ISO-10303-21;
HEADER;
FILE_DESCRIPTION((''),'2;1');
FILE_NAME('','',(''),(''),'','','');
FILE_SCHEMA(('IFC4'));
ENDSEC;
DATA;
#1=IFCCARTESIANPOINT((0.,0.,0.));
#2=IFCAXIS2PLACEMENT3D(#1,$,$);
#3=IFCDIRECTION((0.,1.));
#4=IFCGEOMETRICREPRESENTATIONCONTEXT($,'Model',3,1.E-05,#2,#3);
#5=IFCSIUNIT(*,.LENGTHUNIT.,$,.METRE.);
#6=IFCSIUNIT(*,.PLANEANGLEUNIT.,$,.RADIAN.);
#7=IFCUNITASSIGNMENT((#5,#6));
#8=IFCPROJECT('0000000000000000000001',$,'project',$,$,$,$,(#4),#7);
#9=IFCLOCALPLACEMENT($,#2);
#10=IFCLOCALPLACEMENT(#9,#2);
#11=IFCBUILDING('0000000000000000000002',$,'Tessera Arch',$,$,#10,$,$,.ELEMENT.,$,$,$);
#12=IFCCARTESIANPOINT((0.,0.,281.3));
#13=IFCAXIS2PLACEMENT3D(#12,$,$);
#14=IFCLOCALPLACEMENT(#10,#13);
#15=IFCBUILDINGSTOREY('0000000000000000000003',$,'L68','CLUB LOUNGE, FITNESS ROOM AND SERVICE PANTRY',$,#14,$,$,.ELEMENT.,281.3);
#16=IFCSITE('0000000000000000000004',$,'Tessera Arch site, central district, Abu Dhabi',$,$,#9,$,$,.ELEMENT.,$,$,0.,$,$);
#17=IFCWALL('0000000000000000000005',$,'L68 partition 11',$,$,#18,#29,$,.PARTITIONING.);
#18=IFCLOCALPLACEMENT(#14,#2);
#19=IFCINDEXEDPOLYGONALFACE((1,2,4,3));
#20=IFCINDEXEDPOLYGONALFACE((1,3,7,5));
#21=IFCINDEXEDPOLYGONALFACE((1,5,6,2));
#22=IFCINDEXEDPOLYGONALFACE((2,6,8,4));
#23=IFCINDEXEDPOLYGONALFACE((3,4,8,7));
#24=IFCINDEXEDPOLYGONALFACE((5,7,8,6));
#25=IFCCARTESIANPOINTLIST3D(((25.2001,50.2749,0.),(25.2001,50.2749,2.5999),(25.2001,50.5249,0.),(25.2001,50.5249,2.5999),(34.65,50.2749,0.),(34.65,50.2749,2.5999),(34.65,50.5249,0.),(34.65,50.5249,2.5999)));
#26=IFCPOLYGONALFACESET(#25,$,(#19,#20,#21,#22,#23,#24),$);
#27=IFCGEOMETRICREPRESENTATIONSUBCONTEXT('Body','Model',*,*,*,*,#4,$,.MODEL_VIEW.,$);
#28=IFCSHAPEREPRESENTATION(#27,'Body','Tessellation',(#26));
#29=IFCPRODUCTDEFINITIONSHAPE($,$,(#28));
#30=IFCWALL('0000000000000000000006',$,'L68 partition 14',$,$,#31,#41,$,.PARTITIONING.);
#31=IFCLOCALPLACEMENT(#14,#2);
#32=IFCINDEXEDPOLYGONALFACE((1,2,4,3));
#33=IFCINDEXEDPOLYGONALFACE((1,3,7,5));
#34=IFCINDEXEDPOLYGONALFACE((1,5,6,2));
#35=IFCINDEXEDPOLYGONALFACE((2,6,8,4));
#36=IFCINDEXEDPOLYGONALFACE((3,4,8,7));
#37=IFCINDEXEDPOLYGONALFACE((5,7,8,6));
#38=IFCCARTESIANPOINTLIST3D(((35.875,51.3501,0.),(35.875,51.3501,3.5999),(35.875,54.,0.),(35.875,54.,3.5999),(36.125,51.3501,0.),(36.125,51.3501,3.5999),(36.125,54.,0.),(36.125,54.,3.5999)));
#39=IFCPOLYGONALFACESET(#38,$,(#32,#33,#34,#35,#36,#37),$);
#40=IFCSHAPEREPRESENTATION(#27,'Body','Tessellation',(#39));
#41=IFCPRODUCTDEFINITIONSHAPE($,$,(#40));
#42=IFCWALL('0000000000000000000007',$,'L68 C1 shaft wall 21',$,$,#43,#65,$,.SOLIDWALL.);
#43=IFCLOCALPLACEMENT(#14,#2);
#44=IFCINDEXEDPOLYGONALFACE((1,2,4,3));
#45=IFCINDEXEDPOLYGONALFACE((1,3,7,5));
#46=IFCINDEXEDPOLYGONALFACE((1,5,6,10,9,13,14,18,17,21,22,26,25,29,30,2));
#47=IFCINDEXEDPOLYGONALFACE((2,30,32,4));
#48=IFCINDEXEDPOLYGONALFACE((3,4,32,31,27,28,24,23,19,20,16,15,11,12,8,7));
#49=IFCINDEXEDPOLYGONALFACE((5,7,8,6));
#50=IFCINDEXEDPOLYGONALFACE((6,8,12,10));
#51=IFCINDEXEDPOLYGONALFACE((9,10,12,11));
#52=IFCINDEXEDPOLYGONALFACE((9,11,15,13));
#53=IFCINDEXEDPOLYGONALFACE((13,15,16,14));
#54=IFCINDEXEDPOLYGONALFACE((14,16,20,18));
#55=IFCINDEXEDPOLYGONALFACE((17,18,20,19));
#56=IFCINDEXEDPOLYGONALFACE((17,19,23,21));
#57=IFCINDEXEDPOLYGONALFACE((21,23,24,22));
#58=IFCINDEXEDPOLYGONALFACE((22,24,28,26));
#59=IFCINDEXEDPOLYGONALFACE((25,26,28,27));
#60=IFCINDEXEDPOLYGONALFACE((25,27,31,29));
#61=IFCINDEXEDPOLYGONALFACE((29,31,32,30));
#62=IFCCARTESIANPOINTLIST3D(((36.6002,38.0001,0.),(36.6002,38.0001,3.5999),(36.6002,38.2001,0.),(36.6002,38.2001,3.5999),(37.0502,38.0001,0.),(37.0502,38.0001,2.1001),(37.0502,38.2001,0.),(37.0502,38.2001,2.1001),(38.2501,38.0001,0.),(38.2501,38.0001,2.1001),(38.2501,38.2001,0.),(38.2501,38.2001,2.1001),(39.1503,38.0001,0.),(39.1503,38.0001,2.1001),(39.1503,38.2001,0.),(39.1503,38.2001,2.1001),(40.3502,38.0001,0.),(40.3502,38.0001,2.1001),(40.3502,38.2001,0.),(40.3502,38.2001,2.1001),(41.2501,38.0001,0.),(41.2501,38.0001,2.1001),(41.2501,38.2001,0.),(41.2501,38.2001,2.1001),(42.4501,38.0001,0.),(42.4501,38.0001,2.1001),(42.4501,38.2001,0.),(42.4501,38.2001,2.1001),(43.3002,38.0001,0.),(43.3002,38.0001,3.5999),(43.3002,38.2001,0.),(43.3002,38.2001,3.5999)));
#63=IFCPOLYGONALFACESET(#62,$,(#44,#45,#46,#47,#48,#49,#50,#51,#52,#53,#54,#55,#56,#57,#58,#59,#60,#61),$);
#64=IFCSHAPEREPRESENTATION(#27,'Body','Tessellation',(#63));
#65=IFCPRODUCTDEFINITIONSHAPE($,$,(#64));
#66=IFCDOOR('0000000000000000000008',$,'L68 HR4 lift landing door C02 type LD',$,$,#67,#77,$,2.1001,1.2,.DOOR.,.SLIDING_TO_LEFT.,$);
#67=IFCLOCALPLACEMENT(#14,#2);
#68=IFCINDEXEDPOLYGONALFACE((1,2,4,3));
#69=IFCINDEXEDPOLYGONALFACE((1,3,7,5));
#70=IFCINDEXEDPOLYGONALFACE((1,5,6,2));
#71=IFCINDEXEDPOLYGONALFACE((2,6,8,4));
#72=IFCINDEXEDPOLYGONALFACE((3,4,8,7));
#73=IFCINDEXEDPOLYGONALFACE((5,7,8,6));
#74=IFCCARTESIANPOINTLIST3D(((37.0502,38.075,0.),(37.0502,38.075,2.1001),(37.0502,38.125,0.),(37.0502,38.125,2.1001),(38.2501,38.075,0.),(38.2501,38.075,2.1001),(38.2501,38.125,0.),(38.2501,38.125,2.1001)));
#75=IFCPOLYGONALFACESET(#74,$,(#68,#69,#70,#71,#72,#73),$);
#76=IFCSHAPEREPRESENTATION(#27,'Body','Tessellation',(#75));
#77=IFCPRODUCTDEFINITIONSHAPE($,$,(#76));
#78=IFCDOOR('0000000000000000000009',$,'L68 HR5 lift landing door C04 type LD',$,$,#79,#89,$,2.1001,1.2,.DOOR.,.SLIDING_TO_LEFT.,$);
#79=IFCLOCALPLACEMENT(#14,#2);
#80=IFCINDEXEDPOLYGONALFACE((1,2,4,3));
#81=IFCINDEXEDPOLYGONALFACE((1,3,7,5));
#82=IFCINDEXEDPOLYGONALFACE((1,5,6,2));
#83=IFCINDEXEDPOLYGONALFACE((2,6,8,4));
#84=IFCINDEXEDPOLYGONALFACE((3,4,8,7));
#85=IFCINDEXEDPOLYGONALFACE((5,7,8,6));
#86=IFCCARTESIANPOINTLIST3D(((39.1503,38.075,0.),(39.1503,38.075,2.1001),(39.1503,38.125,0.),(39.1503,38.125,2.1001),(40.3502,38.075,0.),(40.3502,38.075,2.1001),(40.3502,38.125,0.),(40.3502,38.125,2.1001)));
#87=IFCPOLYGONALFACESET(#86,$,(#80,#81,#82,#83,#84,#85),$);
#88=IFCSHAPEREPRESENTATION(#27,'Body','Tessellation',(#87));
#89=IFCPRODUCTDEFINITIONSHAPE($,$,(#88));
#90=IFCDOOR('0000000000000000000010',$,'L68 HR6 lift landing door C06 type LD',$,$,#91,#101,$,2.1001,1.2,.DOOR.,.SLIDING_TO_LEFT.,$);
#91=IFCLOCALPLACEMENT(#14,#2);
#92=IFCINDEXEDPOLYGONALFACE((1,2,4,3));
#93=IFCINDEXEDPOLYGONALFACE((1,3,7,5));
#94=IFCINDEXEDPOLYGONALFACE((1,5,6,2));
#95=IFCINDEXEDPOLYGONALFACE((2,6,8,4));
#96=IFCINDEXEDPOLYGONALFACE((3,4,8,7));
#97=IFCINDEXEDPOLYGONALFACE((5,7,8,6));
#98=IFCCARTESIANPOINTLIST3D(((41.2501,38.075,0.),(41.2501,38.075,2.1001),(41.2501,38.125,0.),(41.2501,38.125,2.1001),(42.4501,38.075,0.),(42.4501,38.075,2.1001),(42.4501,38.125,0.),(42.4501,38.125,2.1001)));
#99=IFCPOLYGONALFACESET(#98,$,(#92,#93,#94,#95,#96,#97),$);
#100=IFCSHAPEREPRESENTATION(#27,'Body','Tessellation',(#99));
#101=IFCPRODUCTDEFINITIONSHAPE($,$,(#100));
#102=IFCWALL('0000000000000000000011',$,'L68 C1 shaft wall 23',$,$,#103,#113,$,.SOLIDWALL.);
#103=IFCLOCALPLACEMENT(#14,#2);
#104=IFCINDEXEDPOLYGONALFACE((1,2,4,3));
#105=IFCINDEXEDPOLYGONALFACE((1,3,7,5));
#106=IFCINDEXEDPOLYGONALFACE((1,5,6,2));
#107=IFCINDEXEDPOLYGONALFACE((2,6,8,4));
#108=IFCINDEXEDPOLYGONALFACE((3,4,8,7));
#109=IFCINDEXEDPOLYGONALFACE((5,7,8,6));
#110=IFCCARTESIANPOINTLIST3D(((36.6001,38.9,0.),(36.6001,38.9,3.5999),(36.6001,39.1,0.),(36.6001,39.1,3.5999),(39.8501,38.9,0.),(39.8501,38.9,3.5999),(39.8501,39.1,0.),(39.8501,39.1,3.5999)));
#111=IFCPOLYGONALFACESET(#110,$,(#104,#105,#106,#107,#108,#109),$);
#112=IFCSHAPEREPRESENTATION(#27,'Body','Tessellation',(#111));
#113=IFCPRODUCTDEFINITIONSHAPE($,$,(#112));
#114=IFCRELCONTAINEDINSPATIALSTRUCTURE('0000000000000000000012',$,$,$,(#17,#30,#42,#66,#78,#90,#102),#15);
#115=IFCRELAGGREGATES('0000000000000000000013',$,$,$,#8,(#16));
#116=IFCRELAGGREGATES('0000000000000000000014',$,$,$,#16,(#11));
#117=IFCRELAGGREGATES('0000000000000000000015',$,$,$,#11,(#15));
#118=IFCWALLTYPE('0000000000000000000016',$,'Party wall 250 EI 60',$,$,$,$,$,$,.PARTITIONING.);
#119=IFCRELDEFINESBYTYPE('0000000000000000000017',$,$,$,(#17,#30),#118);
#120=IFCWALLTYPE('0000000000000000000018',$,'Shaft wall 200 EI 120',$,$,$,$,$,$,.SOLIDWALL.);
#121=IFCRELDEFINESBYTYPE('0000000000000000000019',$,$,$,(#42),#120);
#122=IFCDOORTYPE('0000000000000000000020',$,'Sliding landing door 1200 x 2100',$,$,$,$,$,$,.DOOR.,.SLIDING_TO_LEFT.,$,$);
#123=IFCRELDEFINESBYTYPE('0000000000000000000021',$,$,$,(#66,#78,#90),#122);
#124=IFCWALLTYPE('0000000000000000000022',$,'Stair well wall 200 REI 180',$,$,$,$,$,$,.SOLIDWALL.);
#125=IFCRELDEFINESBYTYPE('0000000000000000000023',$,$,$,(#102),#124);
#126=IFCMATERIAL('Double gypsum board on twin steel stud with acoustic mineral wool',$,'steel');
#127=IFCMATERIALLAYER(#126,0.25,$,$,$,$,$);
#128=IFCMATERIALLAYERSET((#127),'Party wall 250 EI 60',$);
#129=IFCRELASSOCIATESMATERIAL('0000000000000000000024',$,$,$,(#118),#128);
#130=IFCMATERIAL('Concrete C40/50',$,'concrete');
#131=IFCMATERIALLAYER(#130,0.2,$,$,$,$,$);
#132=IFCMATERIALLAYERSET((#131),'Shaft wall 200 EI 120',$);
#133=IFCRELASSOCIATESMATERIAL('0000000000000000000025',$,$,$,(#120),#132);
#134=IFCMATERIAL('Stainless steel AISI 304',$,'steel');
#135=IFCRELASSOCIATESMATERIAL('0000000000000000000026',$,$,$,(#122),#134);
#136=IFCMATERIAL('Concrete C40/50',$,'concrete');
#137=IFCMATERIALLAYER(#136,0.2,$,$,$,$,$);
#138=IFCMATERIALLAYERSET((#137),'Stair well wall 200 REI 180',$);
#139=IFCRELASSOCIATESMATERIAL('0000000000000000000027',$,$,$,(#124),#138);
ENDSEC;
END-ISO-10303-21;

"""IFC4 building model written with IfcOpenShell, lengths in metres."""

from ifc_helpers import new_model, si_unit, direction, frame, frame_2d, origin, place, context, subcontext, project, spatial, rectangle, extrude, material, layer, layer_set, type_object, element, fill, save


model = new_model("IFC4")

# Units and contexts
model_context = context("Model", 3, precision=1e-05, world=origin(), true_north=direction((0.0, 1.0)))
body_context = subcontext(model_context, "Body", "Model", "MODEL_VIEW")
ifc_project = project(units=[si_unit("LENGTHUNIT", "METRE"), si_unit("PLANEANGLEUNIT", "RADIAN")], contexts=[model_context])

# Site, building, storey
site_placement = place(None, origin())
site = spatial("IfcSite", under=ifc_project, at=site_placement, Name="Tessera Arch site, central district, Abu Dhabi", CompositionType="ELEMENT", RefElevation=0.0)
building_placement = place(site_placement, origin())
building = spatial("IfcBuilding", under=site, at=building_placement, Name="Tessera Arch", CompositionType="ELEMENT")
storey_placement = place(building_placement, frame((0.0, 0.0, 281.3)))
storey = spatial("IfcBuildingStorey", under=building, at=storey_placement, Name="L68", Description="CLUB LOUNGE, FITNESS ROOM AND SERVICE PANTRY", CompositionType="ELEMENT", Elevation=281.3)

# Walls
ifc_material_1 = material(Name="Double gypsum board on twin steel stud with acoustic mineral wool", Category="steel")
ifc_layer_1 = layer(ifc_material_1, 0.25)
ifc_layer_set_1 = layer_set([ifc_layer_1], Name="Party wall 250 EI 60")
wall_type_1 = type_object("IfcWallType", Name="Party wall 250 EI 60", PredefinedType="PARTITIONING", material=ifc_layer_set_1)
wall_1_placement = place(storey_placement, frame((25.2, 50.3999, 0.0), z_axis=(0.0, 0.0, 1.0), x_axis=(1.0, 0.0, 0.0)))
element("IfcWall", 1, at=wall_1_placement, inside=storey, type_object=wall_type_1, Name="L68 partition 11", PredefinedType="PARTITIONING", context=body_context, shape_type="SweptSolid", body=[
    extrude(rectangle(XDim=9.45, YDim=0.25, at=frame_2d((4.7251, 0.0))), origin(), (0.0, 0.0, 1.0), 2.5999),
])
wall_2_placement = place(storey_placement, frame((36.0, 51.3501, 0.0), z_axis=(0.0, 0.0, 1.0), x_axis=(0.0, 1.0, 0.0)))
element("IfcWall", 2, at=wall_2_placement, inside=storey, type_object=wall_type_1, Name="L68 partition 14", PredefinedType="PARTITIONING", context=body_context, shape_type="SweptSolid", body=[
    extrude(rectangle(XDim=2.6499, YDim=0.25, at=frame_2d((1.325, 0.0))), origin(), (0.0, 0.0, 1.0), 3.5999),
])

# Wall, openings, doors
ifc_material_2 = material(Name="Concrete C40/50", Category="concrete")
ifc_layer_2 = layer(ifc_material_2, 0.2)
ifc_layer_set_2 = layer_set([ifc_layer_2], Name="Shaft wall 200 EI 120")
wall_type_2 = type_object("IfcWallType", Name="Shaft wall 200 EI 120", PredefinedType="SOLIDWALL", material=ifc_layer_set_2)
wall_3_placement = place(storey_placement, frame((36.6001, 38.1001, 0.0), z_axis=(0.0, 0.0, 1.0), x_axis=(1.0, 0.0, 0.0)))
wall_3 = element("IfcWall", 3, at=wall_3_placement, inside=storey, type_object=wall_type_2, Name="L68 C1 shaft wall 21", PredefinedType="SOLIDWALL", context=body_context, shape_type="SweptSolid", body=[
    extrude(rectangle(XDim=6.7, YDim=0.2, at=frame_2d((3.3501, 0.0))), origin(), (0.0, 0.0, 1.0), 3.5999),
])
opening_1_placement = place(wall_3_placement, frame((0.45, 0.0, 0.0)))
opening_1 = element("IfcOpeningElement", 4, at=opening_1_placement, cuts=wall_3, PredefinedType="OPENING", context=body_context, shape_type="SweptSolid", body=[
    extrude(rectangle(XDim=1.2, YDim=2.1001, at=frame_2d((0.6001, 1.05))), frame((0.0, 0.1099, 0.0), z_axis=(0.0, -1.0, 0.0), x_axis=(1.0, 0.0, 0.0)), (0.0, 0.0, 1.0), 0.22),
])
opening_2_placement = place(wall_3_placement, frame((2.55, 0.0, 0.0)))
opening_2 = element("IfcOpeningElement", 5, at=opening_2_placement, cuts=wall_3, PredefinedType="OPENING", context=body_context, shape_type="SweptSolid", body=[
    extrude(rectangle(XDim=1.2, YDim=2.1001, at=frame_2d((0.6001, 1.05))), frame((0.0, 0.1099, 0.0), z_axis=(0.0, -1.0, 0.0), x_axis=(1.0, 0.0, 0.0)), (0.0, 0.0, 1.0), 0.22),
])
opening_3_placement = place(wall_3_placement, frame((4.6499, 0.0, 0.0)))
opening_3 = element("IfcOpeningElement", 6, at=opening_3_placement, cuts=wall_3, PredefinedType="OPENING", context=body_context, shape_type="SweptSolid", body=[
    extrude(rectangle(XDim=1.2, YDim=2.1001, at=frame_2d((0.6001, 1.05))), frame((0.0, 0.1099, 0.0), z_axis=(0.0, -1.0, 0.0), x_axis=(1.0, 0.0, 0.0)), (0.0, 0.0, 1.0), 0.22),
])
ifc_material_3 = material(Name="Stainless steel AISI 304", Category="steel")
door_type_1 = type_object("IfcDoorType", Name="Sliding landing door 1200 x 2100", OperationType="SLIDING_TO_LEFT", PredefinedType="DOOR", material=ifc_material_3)
door_1_placement = place(opening_1_placement, origin())
door_1 = element("IfcDoor", 7, at=door_1_placement, inside=storey, type_object=door_type_1, Name="L68 HR4 lift landing door C02 type LD", OperationType="SLIDING_TO_LEFT", OverallHeight=2.1001, OverallWidth=1.2, PredefinedType="DOOR", context=body_context, shape_type="SweptSolid", body=[
    extrude(rectangle(XDim=1.2, YDim=2.1001, at=frame_2d((0.6001, 1.05))), frame((0.0, 0.0249, 0.0), z_axis=(0.0, -1.0, 0.0), x_axis=(1.0, 0.0, 0.0)), (0.0, 0.0, 1.0), 0.05),
])
fill(opening_1, door_1)
door_2_placement = place(opening_2_placement, origin())
door_2 = element("IfcDoor", 8, at=door_2_placement, inside=storey, type_object=door_type_1, Name="L68 HR5 lift landing door C04 type LD", OperationType="SLIDING_TO_LEFT", OverallHeight=2.1001, OverallWidth=1.2, PredefinedType="DOOR", context=body_context, shape_type="SweptSolid", body=[
    extrude(rectangle(XDim=1.2, YDim=2.1001, at=frame_2d((0.6001, 1.05))), frame((0.0, 0.0249, 0.0), z_axis=(0.0, -1.0, 0.0), x_axis=(1.0, 0.0, 0.0)), (0.0, 0.0, 1.0), 0.05),
])
fill(opening_2, door_2)
door_3_placement = place(opening_3_placement, origin())
door_3 = element("IfcDoor", 9, at=door_3_placement, inside=storey, type_object=door_type_1, Name="L68 HR6 lift landing door C06 type LD", OperationType="SLIDING_TO_LEFT", OverallHeight=2.1001, OverallWidth=1.2, PredefinedType="DOOR", context=body_context, shape_type="SweptSolid", body=[
    extrude(rectangle(XDim=1.2, YDim=2.1001, at=frame_2d((0.6001, 1.05))), frame((0.0, 0.0249, 0.0), z_axis=(0.0, -1.0, 0.0), x_axis=(1.0, 0.0, 0.0)), (0.0, 0.0, 1.0), 0.05),
])
fill(opening_3, door_3)

# Wall
ifc_material_4 = material(Name="Concrete C40/50", Category="concrete")
ifc_layer_3 = layer(ifc_material_4, 0.2)
ifc_layer_set_3 = layer_set([ifc_layer_3], Name="Stair well wall 200 REI 180")
wall_type_3 = type_object("IfcWallType", Name="Stair well wall 200 REI 180", PredefinedType="SOLIDWALL", material=ifc_layer_set_3)
wall_4_placement = place(storey_placement, frame((36.6001, 39.0, 0.0), z_axis=(0.0, 0.0, 1.0), x_axis=(1.0, 0.0, 0.0)))
element("IfcWall", 10, at=wall_4_placement, inside=storey, type_object=wall_type_3, Name="L68 C1 shaft wall 23", PredefinedType="SOLIDWALL", context=body_context, shape_type="SweptSolid", body=[
    extrude(rectangle(XDim=3.25, YDim=0.2, at=frame_2d((1.625, 0.0))), origin(), (0.0, 0.0, 1.0), 3.5999),
])

save(model, "model.ifc")
